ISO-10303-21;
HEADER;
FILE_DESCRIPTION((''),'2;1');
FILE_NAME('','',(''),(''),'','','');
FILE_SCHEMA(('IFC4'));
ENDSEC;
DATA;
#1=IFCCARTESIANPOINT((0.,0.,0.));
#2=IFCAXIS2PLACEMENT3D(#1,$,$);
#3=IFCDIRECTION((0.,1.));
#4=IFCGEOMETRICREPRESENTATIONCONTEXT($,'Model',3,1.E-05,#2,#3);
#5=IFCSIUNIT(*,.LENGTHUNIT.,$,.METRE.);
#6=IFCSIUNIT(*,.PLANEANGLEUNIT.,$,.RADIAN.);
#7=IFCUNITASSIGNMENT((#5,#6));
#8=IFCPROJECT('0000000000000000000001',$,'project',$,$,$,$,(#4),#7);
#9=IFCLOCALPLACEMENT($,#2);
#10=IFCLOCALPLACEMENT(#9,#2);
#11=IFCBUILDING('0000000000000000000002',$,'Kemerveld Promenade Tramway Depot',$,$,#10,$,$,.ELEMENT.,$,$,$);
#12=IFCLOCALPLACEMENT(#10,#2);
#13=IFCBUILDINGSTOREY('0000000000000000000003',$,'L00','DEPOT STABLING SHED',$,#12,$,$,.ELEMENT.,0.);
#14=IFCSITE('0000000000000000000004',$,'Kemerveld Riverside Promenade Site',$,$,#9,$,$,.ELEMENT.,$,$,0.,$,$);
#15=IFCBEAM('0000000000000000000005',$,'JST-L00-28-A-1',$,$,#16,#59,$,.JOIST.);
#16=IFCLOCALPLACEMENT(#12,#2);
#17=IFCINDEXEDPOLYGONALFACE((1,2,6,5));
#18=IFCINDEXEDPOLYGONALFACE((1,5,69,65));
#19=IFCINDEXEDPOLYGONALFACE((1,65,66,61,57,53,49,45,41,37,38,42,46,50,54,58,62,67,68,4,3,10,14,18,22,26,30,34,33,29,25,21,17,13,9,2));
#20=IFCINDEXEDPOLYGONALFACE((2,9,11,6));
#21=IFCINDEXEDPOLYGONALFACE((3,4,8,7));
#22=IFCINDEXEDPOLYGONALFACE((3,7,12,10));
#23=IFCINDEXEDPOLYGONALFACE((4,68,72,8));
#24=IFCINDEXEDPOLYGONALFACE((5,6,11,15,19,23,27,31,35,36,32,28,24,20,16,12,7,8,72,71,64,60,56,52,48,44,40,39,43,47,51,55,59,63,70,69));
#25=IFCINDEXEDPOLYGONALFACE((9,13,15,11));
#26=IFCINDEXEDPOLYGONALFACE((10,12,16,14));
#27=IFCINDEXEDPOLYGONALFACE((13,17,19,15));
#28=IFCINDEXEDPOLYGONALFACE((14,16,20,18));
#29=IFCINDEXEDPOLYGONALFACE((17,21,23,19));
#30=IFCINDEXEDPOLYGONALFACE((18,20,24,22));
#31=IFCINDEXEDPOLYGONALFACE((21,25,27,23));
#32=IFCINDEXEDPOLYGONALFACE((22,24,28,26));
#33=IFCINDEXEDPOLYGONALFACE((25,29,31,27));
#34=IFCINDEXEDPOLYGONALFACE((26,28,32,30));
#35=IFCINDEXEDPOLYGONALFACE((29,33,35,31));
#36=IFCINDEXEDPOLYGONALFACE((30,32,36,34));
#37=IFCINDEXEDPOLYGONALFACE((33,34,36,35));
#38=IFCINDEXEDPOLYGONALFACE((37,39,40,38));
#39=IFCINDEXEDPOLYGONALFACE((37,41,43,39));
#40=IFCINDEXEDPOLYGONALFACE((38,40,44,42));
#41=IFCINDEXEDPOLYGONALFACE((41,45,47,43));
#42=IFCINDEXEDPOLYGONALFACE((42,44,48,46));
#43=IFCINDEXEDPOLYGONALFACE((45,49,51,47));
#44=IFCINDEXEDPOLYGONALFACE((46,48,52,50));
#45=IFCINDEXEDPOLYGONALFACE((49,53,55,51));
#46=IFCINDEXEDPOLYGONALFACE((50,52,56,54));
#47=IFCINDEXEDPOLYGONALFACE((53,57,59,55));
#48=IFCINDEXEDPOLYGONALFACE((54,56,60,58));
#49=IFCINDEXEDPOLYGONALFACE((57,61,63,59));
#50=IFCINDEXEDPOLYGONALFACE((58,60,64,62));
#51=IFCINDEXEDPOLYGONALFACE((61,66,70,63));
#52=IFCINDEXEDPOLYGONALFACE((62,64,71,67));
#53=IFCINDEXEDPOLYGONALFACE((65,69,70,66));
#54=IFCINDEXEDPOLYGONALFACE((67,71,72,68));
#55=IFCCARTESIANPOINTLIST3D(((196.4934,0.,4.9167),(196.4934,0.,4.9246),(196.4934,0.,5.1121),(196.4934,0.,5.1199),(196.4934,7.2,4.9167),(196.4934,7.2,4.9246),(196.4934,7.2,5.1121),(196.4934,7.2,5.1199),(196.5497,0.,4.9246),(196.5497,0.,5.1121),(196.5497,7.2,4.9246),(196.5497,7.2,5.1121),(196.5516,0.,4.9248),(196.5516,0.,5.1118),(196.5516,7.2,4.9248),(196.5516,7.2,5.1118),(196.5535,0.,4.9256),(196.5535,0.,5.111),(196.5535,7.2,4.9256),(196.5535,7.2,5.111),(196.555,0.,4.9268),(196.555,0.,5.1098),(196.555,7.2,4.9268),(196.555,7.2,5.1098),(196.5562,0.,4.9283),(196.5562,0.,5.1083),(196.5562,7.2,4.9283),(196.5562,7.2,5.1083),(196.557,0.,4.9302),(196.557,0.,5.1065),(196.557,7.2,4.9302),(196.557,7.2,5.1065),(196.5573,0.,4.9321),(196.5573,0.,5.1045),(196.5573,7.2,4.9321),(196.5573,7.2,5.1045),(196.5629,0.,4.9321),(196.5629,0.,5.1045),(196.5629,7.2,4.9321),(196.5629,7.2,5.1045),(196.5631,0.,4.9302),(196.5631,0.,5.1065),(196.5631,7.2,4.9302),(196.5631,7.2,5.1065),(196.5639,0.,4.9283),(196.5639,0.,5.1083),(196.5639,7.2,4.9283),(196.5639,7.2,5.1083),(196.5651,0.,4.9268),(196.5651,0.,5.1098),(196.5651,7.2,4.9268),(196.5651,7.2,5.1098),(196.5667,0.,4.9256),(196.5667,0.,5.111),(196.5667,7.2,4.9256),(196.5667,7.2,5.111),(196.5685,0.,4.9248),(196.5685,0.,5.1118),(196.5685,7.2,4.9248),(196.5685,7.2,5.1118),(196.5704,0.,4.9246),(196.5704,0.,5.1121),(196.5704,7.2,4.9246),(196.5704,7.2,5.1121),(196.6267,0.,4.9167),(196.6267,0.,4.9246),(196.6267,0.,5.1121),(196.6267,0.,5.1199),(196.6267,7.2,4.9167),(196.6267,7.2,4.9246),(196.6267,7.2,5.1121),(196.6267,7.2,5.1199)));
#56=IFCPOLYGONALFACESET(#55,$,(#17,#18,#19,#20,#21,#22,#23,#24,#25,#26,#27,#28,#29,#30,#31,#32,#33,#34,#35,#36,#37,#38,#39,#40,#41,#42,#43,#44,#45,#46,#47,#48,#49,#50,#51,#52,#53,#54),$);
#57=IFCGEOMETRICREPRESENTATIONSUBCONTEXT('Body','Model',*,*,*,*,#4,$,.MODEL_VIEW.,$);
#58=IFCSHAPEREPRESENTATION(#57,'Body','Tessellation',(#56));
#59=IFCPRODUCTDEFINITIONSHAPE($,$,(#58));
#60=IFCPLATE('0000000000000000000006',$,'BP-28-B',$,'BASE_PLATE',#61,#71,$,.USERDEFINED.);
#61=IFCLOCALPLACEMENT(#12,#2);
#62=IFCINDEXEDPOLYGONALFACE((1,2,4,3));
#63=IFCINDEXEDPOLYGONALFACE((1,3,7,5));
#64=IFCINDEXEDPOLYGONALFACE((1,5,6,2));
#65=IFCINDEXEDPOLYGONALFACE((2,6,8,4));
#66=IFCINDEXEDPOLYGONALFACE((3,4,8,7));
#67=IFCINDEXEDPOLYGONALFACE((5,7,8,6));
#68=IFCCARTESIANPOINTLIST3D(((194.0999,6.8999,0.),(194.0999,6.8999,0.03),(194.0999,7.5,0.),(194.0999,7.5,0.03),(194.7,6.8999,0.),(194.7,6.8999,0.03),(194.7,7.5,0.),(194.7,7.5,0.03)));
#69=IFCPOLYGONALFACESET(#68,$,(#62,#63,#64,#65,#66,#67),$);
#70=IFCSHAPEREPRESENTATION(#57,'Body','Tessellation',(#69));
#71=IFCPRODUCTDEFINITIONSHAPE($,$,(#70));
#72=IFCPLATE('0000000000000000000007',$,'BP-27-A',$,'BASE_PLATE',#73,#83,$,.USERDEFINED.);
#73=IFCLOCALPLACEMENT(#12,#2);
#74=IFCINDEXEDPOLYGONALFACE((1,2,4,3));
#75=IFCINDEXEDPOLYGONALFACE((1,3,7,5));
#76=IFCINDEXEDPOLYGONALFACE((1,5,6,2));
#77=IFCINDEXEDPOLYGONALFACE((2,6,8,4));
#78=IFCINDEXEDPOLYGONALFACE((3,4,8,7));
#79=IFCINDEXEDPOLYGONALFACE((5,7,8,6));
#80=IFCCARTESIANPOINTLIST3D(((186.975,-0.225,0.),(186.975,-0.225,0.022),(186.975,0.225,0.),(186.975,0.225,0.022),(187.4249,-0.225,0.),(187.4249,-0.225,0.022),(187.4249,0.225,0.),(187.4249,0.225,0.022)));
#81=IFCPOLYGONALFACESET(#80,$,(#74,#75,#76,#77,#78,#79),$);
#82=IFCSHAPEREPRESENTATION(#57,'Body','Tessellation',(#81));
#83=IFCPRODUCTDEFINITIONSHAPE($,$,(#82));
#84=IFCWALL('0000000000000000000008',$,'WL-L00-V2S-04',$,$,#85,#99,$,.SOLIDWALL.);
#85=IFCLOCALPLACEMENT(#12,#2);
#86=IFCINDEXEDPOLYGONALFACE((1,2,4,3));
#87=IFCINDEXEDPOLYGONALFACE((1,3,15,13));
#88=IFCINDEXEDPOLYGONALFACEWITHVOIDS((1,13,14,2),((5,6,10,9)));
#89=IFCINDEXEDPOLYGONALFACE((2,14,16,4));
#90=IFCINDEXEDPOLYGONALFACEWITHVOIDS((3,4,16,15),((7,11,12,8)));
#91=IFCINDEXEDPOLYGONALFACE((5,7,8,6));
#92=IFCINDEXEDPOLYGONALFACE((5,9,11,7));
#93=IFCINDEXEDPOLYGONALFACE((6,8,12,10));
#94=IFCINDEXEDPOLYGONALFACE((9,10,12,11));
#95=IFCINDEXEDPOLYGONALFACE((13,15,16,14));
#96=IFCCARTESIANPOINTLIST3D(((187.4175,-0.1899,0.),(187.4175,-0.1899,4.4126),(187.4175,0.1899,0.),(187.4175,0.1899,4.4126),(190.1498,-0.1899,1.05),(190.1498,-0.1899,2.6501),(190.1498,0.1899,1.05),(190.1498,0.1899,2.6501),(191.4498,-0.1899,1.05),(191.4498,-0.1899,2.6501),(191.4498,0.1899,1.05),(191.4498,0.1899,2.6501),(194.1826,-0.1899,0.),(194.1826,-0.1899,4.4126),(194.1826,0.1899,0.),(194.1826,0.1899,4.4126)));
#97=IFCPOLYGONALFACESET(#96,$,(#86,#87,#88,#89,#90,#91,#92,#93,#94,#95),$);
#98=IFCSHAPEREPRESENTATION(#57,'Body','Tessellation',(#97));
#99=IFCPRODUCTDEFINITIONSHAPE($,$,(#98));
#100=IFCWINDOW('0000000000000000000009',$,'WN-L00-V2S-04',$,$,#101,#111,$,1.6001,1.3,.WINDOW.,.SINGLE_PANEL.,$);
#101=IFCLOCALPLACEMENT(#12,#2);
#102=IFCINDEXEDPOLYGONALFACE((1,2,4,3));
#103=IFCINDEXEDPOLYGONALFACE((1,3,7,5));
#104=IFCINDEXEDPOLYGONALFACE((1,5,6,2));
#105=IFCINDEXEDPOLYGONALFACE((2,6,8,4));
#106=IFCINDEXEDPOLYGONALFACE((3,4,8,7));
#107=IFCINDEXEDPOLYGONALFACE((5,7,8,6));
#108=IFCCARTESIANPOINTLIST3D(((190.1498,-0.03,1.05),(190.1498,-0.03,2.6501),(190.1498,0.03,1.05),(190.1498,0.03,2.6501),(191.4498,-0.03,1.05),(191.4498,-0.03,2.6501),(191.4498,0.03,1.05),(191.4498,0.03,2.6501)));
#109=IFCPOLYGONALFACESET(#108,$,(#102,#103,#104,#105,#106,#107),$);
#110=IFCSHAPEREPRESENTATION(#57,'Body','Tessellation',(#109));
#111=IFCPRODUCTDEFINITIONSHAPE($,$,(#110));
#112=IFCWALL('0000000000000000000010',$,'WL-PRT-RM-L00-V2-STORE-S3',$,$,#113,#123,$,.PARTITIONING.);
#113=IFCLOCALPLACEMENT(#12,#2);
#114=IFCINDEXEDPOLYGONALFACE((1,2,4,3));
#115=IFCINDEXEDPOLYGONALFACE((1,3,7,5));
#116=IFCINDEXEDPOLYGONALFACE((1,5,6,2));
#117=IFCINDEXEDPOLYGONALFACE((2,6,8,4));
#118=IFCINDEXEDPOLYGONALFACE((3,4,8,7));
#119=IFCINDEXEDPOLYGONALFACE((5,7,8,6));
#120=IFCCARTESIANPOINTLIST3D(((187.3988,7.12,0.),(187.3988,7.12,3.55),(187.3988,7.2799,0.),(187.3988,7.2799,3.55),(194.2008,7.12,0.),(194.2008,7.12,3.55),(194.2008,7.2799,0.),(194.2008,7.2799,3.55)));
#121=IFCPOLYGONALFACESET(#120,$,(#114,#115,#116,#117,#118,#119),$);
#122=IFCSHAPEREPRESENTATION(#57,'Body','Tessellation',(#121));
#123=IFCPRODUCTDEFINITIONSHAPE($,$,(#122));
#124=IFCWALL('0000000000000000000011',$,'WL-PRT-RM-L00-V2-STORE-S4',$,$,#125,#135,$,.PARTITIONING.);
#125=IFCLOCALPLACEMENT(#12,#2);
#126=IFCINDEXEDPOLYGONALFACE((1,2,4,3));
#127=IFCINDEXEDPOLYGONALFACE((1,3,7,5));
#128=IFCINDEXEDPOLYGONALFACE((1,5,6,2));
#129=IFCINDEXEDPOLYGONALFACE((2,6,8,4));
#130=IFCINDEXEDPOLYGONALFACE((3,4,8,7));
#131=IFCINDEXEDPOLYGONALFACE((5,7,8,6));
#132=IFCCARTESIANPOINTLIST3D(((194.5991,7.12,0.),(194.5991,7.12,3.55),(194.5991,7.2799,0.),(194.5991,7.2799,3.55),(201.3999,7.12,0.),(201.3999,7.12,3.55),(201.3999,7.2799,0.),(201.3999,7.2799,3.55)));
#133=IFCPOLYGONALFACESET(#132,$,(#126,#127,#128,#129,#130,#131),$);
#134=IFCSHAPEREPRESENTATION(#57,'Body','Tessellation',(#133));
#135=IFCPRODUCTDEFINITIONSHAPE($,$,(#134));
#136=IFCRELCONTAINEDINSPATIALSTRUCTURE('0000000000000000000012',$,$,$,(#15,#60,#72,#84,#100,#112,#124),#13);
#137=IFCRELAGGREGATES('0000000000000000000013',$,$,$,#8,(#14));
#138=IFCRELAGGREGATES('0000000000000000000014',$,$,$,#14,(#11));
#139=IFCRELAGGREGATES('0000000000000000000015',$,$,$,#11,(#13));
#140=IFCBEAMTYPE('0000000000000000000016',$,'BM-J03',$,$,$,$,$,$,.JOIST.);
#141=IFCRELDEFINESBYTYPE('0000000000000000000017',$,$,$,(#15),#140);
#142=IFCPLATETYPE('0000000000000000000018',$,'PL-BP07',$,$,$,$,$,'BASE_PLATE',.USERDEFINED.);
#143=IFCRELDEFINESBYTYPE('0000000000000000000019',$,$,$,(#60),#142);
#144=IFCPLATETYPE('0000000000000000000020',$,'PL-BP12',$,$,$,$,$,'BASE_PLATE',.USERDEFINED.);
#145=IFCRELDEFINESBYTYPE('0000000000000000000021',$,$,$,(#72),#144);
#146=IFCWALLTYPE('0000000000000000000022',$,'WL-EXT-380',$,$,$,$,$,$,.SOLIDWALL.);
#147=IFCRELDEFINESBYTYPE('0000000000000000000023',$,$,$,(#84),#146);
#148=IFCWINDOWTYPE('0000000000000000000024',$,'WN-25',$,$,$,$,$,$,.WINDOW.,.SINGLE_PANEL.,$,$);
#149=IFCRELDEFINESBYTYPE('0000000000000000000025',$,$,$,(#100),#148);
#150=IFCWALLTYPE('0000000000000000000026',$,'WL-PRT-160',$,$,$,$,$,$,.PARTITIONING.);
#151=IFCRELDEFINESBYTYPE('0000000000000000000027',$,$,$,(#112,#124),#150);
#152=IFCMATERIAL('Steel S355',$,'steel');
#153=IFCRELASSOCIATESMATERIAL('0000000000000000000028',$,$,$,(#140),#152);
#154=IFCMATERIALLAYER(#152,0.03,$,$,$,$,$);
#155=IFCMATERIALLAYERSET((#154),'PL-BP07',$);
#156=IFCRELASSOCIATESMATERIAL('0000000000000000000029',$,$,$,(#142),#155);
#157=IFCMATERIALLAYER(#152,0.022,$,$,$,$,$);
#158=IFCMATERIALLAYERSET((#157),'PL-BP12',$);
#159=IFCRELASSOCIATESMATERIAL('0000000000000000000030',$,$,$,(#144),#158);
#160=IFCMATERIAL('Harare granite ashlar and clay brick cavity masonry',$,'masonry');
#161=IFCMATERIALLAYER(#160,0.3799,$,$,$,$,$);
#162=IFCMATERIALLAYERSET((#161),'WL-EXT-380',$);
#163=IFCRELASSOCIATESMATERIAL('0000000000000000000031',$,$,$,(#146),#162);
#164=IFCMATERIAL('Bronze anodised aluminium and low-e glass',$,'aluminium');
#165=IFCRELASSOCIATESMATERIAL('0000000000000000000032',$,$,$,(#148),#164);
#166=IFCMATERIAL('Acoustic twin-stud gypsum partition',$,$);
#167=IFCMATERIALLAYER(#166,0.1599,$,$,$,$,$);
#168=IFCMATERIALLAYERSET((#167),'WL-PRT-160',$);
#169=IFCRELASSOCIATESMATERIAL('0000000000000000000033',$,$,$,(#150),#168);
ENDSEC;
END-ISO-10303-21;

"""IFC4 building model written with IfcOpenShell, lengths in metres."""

from ifc_helpers import new_model, si_unit, direction, frame, frame_2d, origin, origin_2d, place, context, subcontext, project, spatial, rectangle, i_section, extrude, material, layer, layer_set, material_profile, profile_set, type_object, element, fill, save


model = new_model("IFC4")

# Units and contexts
model_context = context("Model", 3, precision=1e-05, world=origin(), true_north=direction((0.0, 1.0)))
body_context = subcontext(model_context, "Body", "Model", "MODEL_VIEW")
ifc_project = project(units=[si_unit("LENGTHUNIT", "METRE"), si_unit("PLANEANGLEUNIT", "RADIAN")], contexts=[model_context])

# Site, building, storey
site_placement = place(None, origin())
site = spatial("IfcSite", under=ifc_project, at=site_placement, Name="Kemerveld Riverside Promenade Site", CompositionType="ELEMENT", RefElevation=0.0)
building_placement = place(site_placement, origin())
building = spatial("IfcBuilding", under=site, at=building_placement, Name="Kemerveld Promenade Tramway Depot", CompositionType="ELEMENT")
storey_placement = place(building_placement, origin())
storey = spatial("IfcBuildingStorey", under=building, at=storey_placement, Name="L00", Description="DEPOT STABLING SHED", CompositionType="ELEMENT", Elevation=0.0)

# Shared definitions
ifc_material_1 = material(Name="Steel S355", Category="steel")

# Beam
ifc_material_profile_1 = material_profile(ifc_material_1, i_section(OverallWidth=0.1333, OverallDepth=0.2031, WebThickness=0.0056, FlangeThickness=0.0078, FilletRadius=0.0076, at=origin_2d()), Name="203x133x25 UB")
ifc_profile_set_1 = profile_set([ifc_material_profile_1], Name="Steel S355")
beam_type_1 = type_object("IfcBeamType", Name="BM-J03", PredefinedType="JOIST", material=ifc_profile_set_1)
for number, where, z_axis, x_axis, name in (
    (1, (196.5601, 0.0, 5.0183), (0.0, 1.0, 0.0), (-1.0, 0.0, 0.0), "JST-L00-28-A-1"),
):
    element("IfcBeam", number, at=place(storey_placement, frame(where, z_axis=z_axis, x_axis=x_axis)), inside=storey, type_object=beam_type_1, Name=name, PredefinedType="JOIST", context=body_context, shape_type="SweptSolid", body=[
        extrude(i_section(OverallWidth=0.1333, OverallDepth=0.2031, WebThickness=0.0056, FlangeThickness=0.0078, FilletRadius=0.0076, at=origin_2d()), origin(), (0.0, 0.0, 1.0), 7.2),
    ])

# Plates
ifc_layer_1 = layer(ifc_material_1, 0.03)
ifc_layer_set_1 = layer_set([ifc_layer_1], Name="PL-BP07")
plate_type_1 = type_object("IfcPlateType", Name="PL-BP07", ElementType="BASE_PLATE", PredefinedType="USERDEFINED", material=ifc_layer_set_1)
plate_1_placement = place(storey_placement, frame((194.3999, 7.2, 0.0), z_axis=(0.0, 0.0, 1.0), x_axis=(1.0, 0.0, 0.0)))
element("IfcPlate", 2, at=plate_1_placement, inside=storey, type_object=plate_type_1, Name="BP-28-B", ObjectType="BASE_PLATE", PredefinedType="USERDEFINED", context=body_context, shape_type="SweptSolid", body=[
    extrude(rectangle(XDim=0.6001, YDim=0.6001, at=origin_2d()), origin(), (0.0, 0.0, 1.0), 0.03),
])
ifc_layer_2 = layer(ifc_material_1, 0.022)
ifc_layer_set_2 = layer_set([ifc_layer_2], Name="PL-BP12")
plate_type_2 = type_object("IfcPlateType", Name="PL-BP12", ElementType="BASE_PLATE", PredefinedType="USERDEFINED", material=ifc_layer_set_2)
plate_2_placement = place(storey_placement, frame((187.2, 0.0, 0.0), z_axis=(0.0, 0.0, 1.0), x_axis=(1.0, 0.0, 0.0)))
element("IfcPlate", 3, at=plate_2_placement, inside=storey, type_object=plate_type_2, Name="BP-27-A", ObjectType="BASE_PLATE", PredefinedType="USERDEFINED", context=body_context, shape_type="SweptSolid", body=[
    extrude(rectangle(XDim=0.45, YDim=0.45, at=origin_2d()), origin(), (0.0, 0.0, 1.0), 0.022),
])

# Wall, opening, window
ifc_material_2 = material(Name="Harare granite ashlar and clay brick cavity masonry", Category="masonry")
ifc_layer_3 = layer(ifc_material_2, 0.3799)
ifc_layer_set_3 = layer_set([ifc_layer_3], Name="WL-EXT-380")
wall_type_1 = type_object("IfcWallType", Name="WL-EXT-380", PredefinedType="SOLIDWALL", material=ifc_layer_set_3)
wall_1_placement = place(storey_placement, frame((194.1826, 0.0, 0.0), z_axis=(0.0, 0.0, 1.0), x_axis=(-1.0, 0.0, 0.0)))
wall_1 = element("IfcWall", 4, at=wall_1_placement, inside=storey, type_object=wall_type_1, Name="WL-L00-V2S-04", PredefinedType="SOLIDWALL", context=body_context, shape_type="SweptSolid", body=[
    extrude(rectangle(XDim=6.7651, YDim=0.3799, at=frame_2d((3.3826, 0.0))), origin(), (0.0, 0.0, 1.0), 4.4126),
])
opening_placement = place(wall_1_placement, frame((2.7329, 0.0, 1.05)))
opening = element("IfcOpeningElement", 5, at=opening_placement, cuts=wall_1, PredefinedType="OPENING", context=body_context, shape_type="SweptSolid", body=[
    extrude(rectangle(XDim=1.3, YDim=1.6001, at=frame_2d((0.6499, 0.8))), frame((0.0, 0.2, 0.0), z_axis=(0.0, -1.0, 0.0), x_axis=(1.0, 0.0, 0.0)), (0.0, 0.0, 1.0), 0.3999),
])
ifc_material_3 = material(Name="Bronze anodised aluminium and low-e glass", Category="aluminium")
window_type = type_object("IfcWindowType", Name="WN-25", PartitioningType="SINGLE_PANEL", PredefinedType="WINDOW", material=ifc_material_3)
window_placement = place(opening_placement, origin())
window = element("IfcWindow", 6, at=window_placement, inside=storey, type_object=window_type, Name="WN-L00-V2S-04", OverallHeight=1.6001, OverallWidth=1.3, PartitioningType="SINGLE_PANEL", PredefinedType="WINDOW", context=body_context, shape_type="SweptSolid", body=[
    extrude(rectangle(XDim=1.3, YDim=1.6001, at=frame_2d((0.6499, 0.8))), frame((0.0, 0.03, 0.0), z_axis=(0.0, -1.0, 0.0), x_axis=(1.0, 0.0, 0.0)), (0.0, 0.0, 1.0), 0.0601),
])
fill(opening, window)

# Walls
ifc_material_4 = material(Name="Acoustic twin-stud gypsum partition")
ifc_layer_4 = layer(ifc_material_4, 0.1599)
ifc_layer_set_4 = layer_set([ifc_layer_4], Name="WL-PRT-160")
wall_type_2 = type_object("IfcWallType", Name="WL-PRT-160", PredefinedType="PARTITIONING", material=ifc_layer_set_4)
wall_2_placement = place(storey_placement, frame((187.3989, 7.2, 0.0), z_axis=(0.0, 0.0, 1.0), x_axis=(1.0, 0.0, 0.0)))
element("IfcWall", 7, at=wall_2_placement, inside=storey, type_object=wall_type_2, Name="WL-PRT-RM-L00-V2-STORE-S3", PredefinedType="PARTITIONING", context=body_context, shape_type="SweptSolid", body=[
    extrude(rectangle(XDim=6.802, YDim=0.1599, at=frame_2d((3.4009, 0.0))), origin(), (0.0, 0.0, 1.0), 3.55),
])
wall_3_placement = place(storey_placement, frame((194.5991, 7.2, 0.0), z_axis=(0.0, 0.0, 1.0), x_axis=(1.0, 0.0, 0.0)))
element("IfcWall", 8, at=wall_3_placement, inside=storey, type_object=wall_type_2, Name="WL-PRT-RM-L00-V2-STORE-S4", PredefinedType="PARTITIONING", context=body_context, shape_type="SweptSolid", body=[
    extrude(rectangle(XDim=6.8008, YDim=0.1599, at=frame_2d((3.4004, 0.0))), origin(), (0.0, 0.0, 1.0), 3.55),
])

save(model, "model.ifc")
